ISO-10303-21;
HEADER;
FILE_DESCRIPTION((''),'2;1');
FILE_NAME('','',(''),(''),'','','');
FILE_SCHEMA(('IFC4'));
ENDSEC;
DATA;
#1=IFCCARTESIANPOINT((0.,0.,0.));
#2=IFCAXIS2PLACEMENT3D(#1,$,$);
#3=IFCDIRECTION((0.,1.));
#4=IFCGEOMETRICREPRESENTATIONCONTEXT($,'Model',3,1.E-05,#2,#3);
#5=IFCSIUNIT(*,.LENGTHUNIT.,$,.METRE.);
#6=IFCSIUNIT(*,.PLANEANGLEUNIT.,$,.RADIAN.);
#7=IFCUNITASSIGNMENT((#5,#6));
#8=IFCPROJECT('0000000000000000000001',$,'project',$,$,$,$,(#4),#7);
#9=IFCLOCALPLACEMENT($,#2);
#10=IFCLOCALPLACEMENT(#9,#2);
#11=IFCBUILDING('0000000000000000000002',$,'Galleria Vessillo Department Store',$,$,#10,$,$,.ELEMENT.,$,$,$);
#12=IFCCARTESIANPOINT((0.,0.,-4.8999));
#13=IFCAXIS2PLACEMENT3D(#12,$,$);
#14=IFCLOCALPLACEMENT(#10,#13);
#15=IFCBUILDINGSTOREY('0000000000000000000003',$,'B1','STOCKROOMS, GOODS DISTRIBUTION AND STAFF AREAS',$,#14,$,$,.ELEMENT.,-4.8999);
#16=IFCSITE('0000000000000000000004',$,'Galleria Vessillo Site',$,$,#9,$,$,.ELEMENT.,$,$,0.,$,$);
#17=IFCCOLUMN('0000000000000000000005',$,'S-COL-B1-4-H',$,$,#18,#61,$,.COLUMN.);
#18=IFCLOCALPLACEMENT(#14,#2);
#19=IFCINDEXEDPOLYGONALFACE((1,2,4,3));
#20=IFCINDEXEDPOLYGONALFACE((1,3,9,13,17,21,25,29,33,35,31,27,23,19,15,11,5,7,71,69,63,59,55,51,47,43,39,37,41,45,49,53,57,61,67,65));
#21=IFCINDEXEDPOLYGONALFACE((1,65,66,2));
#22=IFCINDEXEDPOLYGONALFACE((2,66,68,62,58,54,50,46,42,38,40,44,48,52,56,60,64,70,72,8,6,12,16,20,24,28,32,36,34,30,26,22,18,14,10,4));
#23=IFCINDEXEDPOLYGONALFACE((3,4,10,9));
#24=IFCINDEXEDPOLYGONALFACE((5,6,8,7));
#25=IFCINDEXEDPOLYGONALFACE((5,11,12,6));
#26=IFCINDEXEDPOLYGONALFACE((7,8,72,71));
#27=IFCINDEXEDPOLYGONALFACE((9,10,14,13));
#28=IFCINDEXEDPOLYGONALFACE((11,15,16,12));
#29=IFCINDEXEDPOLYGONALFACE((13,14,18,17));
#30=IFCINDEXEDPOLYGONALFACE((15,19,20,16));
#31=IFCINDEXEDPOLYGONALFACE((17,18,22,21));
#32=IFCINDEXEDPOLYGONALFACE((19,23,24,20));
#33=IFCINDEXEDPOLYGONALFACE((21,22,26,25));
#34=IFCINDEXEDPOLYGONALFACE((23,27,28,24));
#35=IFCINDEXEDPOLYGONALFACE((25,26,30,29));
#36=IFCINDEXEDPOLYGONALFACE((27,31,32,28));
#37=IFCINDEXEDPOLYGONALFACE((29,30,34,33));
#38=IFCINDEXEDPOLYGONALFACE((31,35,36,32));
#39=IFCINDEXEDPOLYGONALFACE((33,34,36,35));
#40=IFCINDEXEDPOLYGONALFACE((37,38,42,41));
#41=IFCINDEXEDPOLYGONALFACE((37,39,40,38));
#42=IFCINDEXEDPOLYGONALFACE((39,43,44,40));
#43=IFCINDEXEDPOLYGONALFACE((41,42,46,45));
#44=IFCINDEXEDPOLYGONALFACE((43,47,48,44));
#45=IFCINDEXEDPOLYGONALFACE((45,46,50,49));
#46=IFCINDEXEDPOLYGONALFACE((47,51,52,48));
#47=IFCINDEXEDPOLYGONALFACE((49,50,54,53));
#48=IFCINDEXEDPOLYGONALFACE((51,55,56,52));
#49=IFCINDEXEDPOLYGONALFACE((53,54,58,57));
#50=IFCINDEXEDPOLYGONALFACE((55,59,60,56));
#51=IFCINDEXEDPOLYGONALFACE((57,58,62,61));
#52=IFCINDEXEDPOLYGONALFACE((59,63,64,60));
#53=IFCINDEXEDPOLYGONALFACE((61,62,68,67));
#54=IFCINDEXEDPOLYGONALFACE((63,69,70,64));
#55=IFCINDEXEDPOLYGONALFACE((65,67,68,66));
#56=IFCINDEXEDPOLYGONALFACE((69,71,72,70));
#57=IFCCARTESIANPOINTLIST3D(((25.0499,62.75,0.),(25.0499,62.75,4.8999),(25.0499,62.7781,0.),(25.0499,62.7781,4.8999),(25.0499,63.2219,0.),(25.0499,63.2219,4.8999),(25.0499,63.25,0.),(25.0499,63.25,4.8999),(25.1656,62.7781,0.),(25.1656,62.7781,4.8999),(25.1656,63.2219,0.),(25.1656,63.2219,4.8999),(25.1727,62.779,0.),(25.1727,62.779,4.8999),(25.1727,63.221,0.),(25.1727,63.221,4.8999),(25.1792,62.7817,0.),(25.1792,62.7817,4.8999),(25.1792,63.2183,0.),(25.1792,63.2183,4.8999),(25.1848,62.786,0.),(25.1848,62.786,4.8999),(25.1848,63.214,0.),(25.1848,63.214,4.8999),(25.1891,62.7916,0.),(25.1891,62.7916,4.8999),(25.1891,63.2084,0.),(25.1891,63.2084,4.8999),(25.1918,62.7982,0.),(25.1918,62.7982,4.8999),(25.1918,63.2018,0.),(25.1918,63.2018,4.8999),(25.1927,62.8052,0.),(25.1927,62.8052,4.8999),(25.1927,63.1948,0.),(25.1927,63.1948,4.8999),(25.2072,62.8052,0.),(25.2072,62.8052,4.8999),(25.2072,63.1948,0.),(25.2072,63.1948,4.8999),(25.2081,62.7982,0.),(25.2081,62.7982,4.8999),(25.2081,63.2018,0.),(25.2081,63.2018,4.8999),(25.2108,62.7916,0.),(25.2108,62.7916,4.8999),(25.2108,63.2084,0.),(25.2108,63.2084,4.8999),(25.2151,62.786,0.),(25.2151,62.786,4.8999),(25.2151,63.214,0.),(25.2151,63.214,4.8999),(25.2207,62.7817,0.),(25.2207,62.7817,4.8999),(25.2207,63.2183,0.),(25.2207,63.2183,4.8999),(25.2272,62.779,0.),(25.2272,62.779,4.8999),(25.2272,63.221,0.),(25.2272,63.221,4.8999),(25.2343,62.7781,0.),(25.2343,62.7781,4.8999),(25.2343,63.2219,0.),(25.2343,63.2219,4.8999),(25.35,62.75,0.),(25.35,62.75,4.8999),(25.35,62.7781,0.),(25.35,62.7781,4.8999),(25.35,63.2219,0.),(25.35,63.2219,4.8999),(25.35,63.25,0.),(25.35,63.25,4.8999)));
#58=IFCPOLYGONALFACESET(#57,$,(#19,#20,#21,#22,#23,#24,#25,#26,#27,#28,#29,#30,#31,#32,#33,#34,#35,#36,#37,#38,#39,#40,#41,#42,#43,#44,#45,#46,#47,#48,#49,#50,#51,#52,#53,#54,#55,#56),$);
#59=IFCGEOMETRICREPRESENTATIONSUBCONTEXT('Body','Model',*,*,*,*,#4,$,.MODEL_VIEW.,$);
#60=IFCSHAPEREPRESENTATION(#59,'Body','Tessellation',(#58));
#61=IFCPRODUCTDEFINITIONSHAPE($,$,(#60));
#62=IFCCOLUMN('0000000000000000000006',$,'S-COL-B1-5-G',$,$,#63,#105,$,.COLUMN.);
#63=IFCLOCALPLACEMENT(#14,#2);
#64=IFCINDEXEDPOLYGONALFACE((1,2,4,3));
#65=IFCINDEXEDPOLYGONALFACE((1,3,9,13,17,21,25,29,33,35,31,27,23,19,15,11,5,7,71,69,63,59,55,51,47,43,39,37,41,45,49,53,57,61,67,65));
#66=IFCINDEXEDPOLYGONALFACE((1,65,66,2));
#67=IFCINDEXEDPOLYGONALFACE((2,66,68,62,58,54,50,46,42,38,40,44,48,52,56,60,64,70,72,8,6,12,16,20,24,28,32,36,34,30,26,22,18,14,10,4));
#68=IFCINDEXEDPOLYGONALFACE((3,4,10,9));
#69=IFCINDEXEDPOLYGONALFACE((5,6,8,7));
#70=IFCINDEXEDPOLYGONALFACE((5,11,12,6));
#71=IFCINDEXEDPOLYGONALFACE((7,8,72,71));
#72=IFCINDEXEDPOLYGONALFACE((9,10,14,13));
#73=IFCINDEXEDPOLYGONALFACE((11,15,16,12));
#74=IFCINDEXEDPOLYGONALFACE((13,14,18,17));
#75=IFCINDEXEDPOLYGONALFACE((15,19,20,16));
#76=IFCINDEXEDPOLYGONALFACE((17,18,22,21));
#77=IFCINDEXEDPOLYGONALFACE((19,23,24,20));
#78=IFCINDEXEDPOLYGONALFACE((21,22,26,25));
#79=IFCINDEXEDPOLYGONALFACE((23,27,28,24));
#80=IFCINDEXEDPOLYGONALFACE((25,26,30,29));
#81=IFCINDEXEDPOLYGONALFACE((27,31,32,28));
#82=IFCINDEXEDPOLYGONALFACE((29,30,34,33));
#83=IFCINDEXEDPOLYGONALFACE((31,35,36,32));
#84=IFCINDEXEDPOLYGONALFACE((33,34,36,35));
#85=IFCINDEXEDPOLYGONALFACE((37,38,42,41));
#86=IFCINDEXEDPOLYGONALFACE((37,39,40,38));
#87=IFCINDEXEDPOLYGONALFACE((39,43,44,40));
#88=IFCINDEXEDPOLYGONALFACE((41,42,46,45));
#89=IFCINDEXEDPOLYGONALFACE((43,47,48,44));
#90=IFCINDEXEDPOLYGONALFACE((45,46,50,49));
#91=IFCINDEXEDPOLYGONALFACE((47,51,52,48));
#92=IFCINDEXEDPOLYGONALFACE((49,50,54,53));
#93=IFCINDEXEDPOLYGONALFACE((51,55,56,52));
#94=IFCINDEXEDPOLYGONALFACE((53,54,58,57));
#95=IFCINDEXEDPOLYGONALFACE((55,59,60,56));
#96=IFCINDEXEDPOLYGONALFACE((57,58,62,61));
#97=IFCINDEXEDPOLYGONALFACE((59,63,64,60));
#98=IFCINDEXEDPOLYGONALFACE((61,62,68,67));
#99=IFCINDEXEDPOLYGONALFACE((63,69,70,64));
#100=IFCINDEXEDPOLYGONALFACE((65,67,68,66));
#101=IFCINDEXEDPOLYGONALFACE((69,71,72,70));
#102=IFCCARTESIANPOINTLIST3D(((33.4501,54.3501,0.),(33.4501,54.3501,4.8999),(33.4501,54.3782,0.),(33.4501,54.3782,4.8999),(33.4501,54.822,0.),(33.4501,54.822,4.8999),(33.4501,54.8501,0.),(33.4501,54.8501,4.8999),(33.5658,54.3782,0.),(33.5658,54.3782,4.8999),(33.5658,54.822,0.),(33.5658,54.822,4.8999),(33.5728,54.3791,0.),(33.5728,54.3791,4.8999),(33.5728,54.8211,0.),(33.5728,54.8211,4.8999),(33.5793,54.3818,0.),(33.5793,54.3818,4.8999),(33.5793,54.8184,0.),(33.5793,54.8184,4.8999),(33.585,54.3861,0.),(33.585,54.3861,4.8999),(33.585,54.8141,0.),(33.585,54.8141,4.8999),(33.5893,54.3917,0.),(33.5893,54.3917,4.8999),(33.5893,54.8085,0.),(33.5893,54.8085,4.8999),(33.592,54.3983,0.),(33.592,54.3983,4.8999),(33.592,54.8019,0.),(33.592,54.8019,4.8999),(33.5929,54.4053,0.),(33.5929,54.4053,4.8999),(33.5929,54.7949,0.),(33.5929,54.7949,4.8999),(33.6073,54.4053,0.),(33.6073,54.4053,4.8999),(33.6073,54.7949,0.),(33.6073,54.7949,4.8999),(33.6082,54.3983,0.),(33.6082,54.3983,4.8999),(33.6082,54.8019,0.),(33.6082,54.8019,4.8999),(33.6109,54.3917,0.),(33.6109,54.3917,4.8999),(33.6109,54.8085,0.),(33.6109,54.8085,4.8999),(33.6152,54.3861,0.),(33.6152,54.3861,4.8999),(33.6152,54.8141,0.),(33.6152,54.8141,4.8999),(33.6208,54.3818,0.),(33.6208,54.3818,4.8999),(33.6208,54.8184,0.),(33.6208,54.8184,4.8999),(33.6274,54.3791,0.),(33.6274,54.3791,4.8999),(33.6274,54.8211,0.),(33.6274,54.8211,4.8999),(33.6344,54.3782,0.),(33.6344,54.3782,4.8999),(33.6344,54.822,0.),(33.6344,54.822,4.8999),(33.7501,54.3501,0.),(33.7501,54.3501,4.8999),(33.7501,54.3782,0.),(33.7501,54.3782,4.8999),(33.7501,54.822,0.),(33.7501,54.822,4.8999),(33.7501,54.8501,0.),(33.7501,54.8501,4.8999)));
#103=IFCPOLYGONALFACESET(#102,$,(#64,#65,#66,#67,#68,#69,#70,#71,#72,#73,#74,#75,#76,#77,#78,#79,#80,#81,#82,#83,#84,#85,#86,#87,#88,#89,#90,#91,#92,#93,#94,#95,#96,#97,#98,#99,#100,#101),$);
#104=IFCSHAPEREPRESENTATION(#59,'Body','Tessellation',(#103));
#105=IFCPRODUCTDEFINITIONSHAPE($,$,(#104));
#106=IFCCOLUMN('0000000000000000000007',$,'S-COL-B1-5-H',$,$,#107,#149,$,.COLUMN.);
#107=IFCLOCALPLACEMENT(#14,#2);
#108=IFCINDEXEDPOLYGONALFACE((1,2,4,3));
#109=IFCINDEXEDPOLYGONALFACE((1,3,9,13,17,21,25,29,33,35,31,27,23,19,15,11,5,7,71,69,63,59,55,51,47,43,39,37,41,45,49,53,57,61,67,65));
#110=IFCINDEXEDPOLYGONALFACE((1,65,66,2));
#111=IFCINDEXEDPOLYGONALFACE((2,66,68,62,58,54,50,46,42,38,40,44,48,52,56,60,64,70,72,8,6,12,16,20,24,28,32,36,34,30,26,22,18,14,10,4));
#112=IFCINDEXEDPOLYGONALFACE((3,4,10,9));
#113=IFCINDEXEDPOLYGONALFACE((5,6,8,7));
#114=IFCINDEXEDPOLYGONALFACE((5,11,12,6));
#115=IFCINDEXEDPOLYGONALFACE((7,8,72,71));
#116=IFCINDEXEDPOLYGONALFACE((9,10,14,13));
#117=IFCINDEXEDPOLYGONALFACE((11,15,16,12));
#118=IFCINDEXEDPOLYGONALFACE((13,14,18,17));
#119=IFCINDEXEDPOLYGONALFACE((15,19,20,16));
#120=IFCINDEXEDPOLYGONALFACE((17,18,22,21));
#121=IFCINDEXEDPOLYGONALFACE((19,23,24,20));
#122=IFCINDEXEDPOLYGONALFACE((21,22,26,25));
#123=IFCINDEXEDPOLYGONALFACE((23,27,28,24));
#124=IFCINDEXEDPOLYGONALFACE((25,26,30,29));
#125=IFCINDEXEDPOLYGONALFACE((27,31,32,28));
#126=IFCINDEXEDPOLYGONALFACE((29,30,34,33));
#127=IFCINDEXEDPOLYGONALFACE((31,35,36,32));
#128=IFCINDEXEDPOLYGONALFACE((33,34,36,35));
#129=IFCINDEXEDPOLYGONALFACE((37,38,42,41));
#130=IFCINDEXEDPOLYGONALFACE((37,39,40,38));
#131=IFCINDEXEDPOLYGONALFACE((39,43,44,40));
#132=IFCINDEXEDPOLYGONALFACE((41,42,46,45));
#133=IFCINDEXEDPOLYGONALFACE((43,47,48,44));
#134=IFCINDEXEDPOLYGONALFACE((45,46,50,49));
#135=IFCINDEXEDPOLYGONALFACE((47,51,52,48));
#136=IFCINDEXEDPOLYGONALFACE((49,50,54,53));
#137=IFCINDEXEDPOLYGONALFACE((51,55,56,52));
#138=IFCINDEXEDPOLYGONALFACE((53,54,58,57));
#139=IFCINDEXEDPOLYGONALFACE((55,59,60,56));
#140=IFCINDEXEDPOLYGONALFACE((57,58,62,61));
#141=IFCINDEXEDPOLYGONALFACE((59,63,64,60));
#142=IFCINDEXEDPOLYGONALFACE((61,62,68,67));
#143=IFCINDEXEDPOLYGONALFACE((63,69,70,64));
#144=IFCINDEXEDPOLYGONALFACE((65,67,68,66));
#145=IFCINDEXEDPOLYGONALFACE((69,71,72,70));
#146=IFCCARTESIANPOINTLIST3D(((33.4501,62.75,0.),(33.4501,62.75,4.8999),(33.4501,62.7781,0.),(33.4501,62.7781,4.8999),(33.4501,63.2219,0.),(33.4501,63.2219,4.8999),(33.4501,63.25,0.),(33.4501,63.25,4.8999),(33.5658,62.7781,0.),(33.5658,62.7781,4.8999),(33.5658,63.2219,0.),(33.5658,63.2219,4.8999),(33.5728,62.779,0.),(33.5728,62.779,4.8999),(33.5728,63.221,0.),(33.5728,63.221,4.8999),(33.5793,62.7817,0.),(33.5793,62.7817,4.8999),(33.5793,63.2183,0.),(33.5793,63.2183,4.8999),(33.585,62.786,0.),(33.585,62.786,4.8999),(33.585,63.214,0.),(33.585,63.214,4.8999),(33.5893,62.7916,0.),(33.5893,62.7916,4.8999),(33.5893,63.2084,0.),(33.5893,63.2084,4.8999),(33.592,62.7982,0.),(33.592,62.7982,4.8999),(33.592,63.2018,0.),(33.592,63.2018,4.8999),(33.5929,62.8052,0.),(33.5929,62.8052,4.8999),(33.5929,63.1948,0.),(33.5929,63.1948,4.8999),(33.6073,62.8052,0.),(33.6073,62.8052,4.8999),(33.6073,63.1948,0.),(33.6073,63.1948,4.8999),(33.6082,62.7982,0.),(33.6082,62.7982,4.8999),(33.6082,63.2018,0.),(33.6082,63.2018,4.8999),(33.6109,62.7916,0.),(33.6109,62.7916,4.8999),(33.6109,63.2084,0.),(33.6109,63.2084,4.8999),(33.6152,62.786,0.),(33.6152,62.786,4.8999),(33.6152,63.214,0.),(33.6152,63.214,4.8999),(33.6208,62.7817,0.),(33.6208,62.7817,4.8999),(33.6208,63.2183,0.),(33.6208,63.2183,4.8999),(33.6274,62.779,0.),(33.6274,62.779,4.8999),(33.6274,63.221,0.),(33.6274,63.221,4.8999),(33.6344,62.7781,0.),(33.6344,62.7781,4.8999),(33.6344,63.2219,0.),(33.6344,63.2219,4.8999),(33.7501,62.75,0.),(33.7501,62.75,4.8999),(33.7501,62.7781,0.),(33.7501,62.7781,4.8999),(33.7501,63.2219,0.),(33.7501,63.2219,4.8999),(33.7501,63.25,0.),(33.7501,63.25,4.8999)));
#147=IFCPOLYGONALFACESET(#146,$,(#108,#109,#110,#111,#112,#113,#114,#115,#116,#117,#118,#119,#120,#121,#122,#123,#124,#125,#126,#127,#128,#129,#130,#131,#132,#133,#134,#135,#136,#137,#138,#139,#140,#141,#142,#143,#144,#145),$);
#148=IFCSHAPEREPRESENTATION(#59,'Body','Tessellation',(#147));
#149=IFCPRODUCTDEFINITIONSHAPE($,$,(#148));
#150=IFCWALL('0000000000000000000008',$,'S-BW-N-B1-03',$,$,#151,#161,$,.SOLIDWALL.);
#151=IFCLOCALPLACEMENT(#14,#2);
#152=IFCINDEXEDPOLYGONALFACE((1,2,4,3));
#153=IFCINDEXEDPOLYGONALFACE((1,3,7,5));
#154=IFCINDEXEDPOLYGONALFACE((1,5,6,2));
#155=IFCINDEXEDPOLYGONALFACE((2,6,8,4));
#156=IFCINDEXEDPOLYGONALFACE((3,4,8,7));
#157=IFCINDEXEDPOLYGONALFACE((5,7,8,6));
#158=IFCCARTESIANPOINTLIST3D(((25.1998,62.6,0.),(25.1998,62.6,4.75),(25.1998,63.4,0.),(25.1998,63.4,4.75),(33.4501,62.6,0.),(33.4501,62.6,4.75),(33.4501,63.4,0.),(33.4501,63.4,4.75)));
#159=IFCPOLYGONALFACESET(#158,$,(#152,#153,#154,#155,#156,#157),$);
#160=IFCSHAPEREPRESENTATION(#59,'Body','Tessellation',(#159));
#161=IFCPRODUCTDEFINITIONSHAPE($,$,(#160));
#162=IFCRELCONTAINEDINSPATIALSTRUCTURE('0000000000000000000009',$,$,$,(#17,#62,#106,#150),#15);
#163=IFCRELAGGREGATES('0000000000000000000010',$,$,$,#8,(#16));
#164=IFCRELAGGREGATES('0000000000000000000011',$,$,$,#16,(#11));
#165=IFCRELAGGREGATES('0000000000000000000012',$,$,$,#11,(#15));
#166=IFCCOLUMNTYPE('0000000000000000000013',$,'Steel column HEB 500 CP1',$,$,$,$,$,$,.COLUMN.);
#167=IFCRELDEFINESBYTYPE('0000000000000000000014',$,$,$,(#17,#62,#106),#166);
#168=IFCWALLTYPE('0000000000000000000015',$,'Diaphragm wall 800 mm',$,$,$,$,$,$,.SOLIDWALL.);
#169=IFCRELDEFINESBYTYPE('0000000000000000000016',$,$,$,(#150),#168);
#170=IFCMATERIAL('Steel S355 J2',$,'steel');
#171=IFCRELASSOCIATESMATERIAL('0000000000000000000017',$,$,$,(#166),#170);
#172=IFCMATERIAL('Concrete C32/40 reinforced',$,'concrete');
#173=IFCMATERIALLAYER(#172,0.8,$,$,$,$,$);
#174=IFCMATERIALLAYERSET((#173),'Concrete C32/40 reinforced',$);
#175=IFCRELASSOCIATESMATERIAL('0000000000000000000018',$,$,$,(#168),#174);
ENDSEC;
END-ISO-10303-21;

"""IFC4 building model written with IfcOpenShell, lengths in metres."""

from ifc_helpers import new_model, si_unit, direction, frame, frame_2d, origin, origin_2d, place, context, subcontext, project, spatial, rectangle, i_section, extrude, material, layer, layer_set, material_profile, profile_set, type_object, element, save


model = new_model("IFC4")

# Units and contexts
model_context = context("Model", 3, precision=1e-05, world=origin(), true_north=direction((0.0, 1.0)))
body_context = subcontext(model_context, "Body", "Model", "MODEL_VIEW")
ifc_project = project(units=[si_unit("LENGTHUNIT", "METRE"), si_unit("PLANEANGLEUNIT", "RADIAN")], contexts=[model_context])

# Site, building, storey
site_placement = place(None, origin())
site = spatial("IfcSite", under=ifc_project, at=site_placement, Name="Galleria Vessillo Site", CompositionType="ELEMENT", RefElevation=0.0)
building_placement = place(site_placement, origin())
building = spatial("IfcBuilding", under=site, at=building_placement, Name="Galleria Vessillo Department Store", CompositionType="ELEMENT")
storey_placement = place(building_placement, frame((0.0, 0.0, -4.8999)))
storey = spatial("IfcBuildingStorey", under=building, at=storey_placement, Name="B1", Description="STOCKROOMS, GOODS DISTRIBUTION AND STAFF AREAS", CompositionType="ELEMENT", Elevation=-4.8999)

# Columns
ifc_material_1 = material(Name="Steel S355 J2", Category="steel")
ifc_material_profile = material_profile(ifc_material_1, i_section(OverallWidth=0.3, OverallDepth=0.5, WebThickness=0.0144, FlangeThickness=0.0281, FilletRadius=0.0271, at=origin_2d()), Name="HEB 500")
ifc_profile_set = profile_set([ifc_material_profile], Name="Steel S355 J2")
column_type = type_object("IfcColumnType", Name="Steel column HEB 500 CP1", PredefinedType="COLUMN", material=ifc_profile_set)
for number, where, z_axis, x_axis, name in (
    (1, (25.2, 63.0, 0.0), (0.0, 0.0, 1.0), (1.0, 0.0, 0.0), "S-COL-B1-4-H"),
    (2, (33.6001, 54.6001, 0.0), (0.0, 0.0, 1.0), (1.0, 0.0, 0.0), "S-COL-B1-5-G"),
    (3, (33.6001, 63.0, 0.0), (0.0, 0.0, 1.0), (1.0, 0.0, 0.0), "S-COL-B1-5-H"),
):
    element("IfcColumn", number, at=place(storey_placement, frame(where, z_axis=z_axis, x_axis=x_axis)), inside=storey, type_object=column_type, Name=name, PredefinedType="COLUMN", context=body_context, shape_type="SweptSolid", body=[
        extrude(i_section(OverallWidth=0.3, OverallDepth=0.5, WebThickness=0.0144, FlangeThickness=0.0281, FilletRadius=0.0271, at=origin_2d()), origin(), (0.0, 0.0, 1.0), 4.8999),
    ])

# Wall
ifc_material_2 = material(Name="Concrete C32/40 reinforced", Category="concrete")
ifc_layer_1 = layer(ifc_material_2, 0.8)
ifc_layer_set_1 = layer_set([ifc_layer_1], Name="Concrete C32/40 reinforced")
wall_type_1 = type_object("IfcWallType", Name="Diaphragm wall 800 mm", PredefinedType="SOLIDWALL", material=ifc_layer_set_1)
wall_1_placement = place(storey_placement, frame((25.2, 63.0, 0.0), z_axis=(0.0, 0.0, 1.0), x_axis=(1.0, 0.0, 0.0)))
element("IfcWall", 4, at=wall_1_placement, inside=storey, type_object=wall_type_1, Name="S-BW-N-B1-03", PredefinedType="SOLIDWALL", context=body_context, shape_type="SweptSolid", body=[
    extrude(rectangle(XDim=8.2502, YDim=0.8, at=frame_2d((4.125, 0.0))), origin(), (0.0, 0.0, 1.0), 4.75),
])

save(model, "model.ifc")
